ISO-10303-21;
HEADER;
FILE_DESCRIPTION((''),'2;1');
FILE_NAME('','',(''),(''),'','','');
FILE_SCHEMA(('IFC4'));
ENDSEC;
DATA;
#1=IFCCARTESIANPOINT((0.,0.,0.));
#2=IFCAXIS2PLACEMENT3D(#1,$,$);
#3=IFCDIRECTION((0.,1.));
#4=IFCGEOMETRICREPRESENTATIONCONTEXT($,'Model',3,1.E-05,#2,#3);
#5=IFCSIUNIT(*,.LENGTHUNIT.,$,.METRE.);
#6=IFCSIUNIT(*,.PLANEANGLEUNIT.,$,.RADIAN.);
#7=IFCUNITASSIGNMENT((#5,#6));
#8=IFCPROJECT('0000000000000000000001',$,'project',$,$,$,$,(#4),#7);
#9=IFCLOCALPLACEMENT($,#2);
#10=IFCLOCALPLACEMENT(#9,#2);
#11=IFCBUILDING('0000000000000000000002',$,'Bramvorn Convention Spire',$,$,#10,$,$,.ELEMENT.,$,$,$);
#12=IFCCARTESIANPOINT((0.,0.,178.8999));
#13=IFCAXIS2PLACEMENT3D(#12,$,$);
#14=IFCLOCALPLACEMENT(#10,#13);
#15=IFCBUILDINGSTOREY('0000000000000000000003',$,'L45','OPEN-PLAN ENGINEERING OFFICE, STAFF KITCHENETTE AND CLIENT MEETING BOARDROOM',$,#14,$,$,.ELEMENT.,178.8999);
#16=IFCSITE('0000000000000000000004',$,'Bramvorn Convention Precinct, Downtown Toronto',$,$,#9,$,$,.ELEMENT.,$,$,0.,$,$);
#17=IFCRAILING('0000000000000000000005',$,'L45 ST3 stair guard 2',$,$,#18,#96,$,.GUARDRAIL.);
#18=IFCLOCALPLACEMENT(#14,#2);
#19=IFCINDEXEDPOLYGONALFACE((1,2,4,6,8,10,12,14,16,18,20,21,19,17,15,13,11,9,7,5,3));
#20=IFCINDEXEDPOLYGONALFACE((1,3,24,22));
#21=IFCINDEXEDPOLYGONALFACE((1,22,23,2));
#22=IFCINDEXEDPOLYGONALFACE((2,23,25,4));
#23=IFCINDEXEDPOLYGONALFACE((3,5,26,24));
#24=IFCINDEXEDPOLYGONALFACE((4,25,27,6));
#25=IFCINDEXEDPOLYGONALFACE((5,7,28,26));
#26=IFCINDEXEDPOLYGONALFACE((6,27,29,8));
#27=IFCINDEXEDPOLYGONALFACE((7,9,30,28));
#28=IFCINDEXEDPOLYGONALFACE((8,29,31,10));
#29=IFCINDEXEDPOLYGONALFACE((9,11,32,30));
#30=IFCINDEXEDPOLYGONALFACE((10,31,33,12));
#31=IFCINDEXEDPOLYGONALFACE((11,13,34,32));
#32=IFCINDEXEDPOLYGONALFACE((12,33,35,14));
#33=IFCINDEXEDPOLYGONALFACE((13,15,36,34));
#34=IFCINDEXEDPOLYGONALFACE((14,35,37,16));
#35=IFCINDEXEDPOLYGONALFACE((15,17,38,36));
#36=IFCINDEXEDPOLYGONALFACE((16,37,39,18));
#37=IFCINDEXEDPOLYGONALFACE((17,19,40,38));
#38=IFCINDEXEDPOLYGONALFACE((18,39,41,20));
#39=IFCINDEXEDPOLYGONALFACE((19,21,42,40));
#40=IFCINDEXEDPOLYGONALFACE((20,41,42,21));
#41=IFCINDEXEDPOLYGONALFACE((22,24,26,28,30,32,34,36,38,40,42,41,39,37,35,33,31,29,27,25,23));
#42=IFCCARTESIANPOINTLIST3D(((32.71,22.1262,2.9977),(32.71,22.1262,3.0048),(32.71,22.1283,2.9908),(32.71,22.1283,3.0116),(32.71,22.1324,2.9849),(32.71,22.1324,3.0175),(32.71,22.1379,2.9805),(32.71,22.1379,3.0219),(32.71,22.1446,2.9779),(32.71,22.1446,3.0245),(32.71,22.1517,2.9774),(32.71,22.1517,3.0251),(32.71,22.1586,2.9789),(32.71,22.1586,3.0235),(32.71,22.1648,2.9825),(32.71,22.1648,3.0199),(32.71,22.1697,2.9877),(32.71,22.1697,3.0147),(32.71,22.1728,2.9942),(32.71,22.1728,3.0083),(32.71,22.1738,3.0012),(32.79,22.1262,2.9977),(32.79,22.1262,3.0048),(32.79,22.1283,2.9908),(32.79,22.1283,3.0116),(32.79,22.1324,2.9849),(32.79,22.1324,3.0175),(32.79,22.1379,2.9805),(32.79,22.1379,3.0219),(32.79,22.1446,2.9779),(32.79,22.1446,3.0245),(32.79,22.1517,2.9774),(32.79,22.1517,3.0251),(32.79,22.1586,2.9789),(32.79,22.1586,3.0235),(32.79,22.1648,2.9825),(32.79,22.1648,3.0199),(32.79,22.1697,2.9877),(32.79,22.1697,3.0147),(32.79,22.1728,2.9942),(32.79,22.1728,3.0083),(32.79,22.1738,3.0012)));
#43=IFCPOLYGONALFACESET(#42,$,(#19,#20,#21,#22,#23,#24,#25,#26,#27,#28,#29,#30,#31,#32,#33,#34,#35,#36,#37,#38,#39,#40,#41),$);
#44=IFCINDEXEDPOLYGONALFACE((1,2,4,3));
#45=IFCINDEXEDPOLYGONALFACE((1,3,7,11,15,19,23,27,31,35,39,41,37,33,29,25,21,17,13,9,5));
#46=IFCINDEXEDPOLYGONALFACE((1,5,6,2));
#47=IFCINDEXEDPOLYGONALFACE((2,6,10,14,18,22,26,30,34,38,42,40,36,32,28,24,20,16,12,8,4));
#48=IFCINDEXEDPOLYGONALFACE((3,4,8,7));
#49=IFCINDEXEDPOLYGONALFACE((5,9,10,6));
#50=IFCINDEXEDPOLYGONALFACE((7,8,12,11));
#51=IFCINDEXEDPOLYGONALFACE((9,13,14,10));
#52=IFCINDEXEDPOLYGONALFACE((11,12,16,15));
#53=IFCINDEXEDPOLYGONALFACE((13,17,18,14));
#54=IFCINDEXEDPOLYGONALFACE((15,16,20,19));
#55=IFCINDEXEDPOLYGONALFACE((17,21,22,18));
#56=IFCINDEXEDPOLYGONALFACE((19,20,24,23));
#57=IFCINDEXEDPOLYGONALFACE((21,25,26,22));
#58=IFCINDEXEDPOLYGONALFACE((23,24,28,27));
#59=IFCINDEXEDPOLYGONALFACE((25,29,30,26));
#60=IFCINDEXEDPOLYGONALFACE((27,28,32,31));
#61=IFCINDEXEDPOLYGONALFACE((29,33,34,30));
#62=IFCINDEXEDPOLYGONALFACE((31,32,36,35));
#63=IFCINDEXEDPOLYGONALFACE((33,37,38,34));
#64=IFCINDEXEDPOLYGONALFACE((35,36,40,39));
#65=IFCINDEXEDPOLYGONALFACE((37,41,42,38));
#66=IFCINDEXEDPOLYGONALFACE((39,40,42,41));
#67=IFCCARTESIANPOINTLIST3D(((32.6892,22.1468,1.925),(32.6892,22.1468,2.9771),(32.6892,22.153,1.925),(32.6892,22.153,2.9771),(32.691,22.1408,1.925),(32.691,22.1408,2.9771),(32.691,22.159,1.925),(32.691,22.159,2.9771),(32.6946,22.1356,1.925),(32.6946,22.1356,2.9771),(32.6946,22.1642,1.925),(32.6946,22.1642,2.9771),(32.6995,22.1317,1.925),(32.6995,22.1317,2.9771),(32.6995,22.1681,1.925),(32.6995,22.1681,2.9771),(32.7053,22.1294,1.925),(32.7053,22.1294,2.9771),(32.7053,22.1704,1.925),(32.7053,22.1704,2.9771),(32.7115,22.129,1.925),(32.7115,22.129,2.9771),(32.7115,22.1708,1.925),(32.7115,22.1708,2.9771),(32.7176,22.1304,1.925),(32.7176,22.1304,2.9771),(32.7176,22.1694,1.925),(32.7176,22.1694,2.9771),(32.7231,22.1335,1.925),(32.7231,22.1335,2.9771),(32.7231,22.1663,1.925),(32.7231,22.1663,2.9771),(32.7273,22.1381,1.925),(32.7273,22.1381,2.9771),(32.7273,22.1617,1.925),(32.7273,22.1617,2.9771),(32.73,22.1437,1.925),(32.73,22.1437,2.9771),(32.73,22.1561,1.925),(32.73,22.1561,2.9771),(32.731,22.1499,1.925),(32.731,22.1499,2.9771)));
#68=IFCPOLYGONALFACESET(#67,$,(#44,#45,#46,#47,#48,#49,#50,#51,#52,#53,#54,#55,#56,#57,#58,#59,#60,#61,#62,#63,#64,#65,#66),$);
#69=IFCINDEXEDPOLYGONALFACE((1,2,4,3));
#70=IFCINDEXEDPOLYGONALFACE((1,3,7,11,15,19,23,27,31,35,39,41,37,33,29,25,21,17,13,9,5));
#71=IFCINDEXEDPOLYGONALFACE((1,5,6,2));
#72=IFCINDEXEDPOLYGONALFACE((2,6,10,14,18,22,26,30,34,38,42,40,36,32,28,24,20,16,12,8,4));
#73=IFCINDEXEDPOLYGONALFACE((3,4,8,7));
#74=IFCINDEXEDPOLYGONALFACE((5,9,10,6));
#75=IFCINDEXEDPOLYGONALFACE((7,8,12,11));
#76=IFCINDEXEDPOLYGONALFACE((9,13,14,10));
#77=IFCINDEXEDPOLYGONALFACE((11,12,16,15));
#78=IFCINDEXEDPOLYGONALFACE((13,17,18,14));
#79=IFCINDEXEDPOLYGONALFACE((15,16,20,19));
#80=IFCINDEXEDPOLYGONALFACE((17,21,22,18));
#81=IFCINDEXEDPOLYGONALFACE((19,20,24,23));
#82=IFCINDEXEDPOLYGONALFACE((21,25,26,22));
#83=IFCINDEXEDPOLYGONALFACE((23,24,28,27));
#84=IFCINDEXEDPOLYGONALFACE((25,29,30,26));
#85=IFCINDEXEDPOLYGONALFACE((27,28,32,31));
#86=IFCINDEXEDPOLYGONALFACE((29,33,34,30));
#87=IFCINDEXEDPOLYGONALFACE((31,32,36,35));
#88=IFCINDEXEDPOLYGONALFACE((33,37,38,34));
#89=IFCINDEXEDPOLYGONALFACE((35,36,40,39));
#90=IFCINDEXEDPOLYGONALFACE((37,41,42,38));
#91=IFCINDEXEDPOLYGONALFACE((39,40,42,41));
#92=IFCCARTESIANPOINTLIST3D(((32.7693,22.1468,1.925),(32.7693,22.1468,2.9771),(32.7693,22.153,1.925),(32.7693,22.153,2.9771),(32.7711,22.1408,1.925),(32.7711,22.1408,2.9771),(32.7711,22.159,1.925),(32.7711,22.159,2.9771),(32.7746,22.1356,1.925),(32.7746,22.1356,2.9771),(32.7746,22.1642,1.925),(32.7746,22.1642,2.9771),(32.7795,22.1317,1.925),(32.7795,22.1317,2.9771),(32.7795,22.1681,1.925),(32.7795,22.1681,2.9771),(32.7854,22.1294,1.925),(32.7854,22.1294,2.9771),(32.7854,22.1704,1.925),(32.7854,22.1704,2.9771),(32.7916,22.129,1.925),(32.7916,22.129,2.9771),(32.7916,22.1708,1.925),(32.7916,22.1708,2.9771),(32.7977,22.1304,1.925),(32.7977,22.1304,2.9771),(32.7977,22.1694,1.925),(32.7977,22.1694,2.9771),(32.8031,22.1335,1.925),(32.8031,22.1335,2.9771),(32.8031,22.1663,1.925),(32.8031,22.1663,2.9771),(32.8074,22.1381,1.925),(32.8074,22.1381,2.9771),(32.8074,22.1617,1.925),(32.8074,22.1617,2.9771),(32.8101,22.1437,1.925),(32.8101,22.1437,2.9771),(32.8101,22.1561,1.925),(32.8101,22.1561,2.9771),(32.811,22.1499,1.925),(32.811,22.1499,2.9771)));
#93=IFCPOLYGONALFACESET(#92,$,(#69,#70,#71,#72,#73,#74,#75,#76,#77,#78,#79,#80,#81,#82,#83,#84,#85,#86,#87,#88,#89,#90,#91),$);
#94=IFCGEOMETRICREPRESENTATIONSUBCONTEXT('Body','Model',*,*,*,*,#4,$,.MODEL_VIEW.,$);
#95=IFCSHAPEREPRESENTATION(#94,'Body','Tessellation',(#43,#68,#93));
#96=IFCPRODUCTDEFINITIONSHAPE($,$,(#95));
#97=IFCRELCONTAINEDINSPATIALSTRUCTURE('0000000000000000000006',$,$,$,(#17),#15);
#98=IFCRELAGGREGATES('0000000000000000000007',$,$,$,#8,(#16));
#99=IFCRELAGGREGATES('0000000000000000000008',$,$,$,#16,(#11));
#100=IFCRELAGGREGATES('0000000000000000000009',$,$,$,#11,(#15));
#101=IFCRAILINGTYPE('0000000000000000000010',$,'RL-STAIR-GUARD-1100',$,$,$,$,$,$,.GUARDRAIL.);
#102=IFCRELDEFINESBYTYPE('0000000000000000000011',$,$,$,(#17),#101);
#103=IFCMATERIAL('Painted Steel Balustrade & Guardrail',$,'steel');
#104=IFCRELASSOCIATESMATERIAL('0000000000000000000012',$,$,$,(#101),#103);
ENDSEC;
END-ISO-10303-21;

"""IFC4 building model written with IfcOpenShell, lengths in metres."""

from ifc_helpers import new_model, si_unit, direction, frame, origin, origin_2d, place, context, subcontext, project, spatial, circle, extrude, material, type_object, element, save


model = new_model("IFC4")

# Units and contexts
model_context = context("Model", 3, precision=1e-05, world=origin(), true_north=direction((0.0, 1.0)))
body_context = subcontext(model_context, "Body", "Model", "MODEL_VIEW")
ifc_project = project(units=[si_unit("LENGTHUNIT", "METRE"), si_unit("PLANEANGLEUNIT", "RADIAN")], contexts=[model_context])

# Site, building, storey
site_placement = place(None, origin())
site = spatial("IfcSite", under=ifc_project, at=site_placement, Name="Bramvorn Convention Precinct, Downtown Toronto", CompositionType="ELEMENT", RefElevation=0.0)
building_placement = place(site_placement, origin())
building = spatial("IfcBuilding", under=site, at=building_placement, Name="Bramvorn Convention Spire", CompositionType="ELEMENT")
storey_placement = place(building_placement, frame((0.0, 0.0, 178.8999)))
storey = spatial("IfcBuildingStorey", under=building, at=storey_placement, Name="L45", Description="OPEN-PLAN ENGINEERING OFFICE, STAFF KITCHENETTE AND CLIENT MEETING BOARDROOM", CompositionType="ELEMENT", Elevation=178.8999)

# Railing
ifc_material_1 = material(Name="Painted Steel Balustrade & Guardrail", Category="steel")
railing_type_1 = type_object("IfcRailingType", Name="RL-STAIR-GUARD-1100", PredefinedType="GUARDRAIL", material=ifc_material_1)
railing_1_placement = place(storey_placement, frame((32.71, 22.1499, 1.925)))
element("IfcRailing", 1, at=railing_1_placement, inside=storey, type_object=railing_type_1, Name="L45 ST3 stair guard 2", PredefinedType="GUARDRAIL", context=body_context, shape_type="SweptSolid", body=[
    extrude(circle(Radius=0.0239, at=origin_2d()), frame((0.0, 0.0, 1.0762), z_axis=(1.0, 0.0, 0.0), x_axis=(0.0, 1.0, 0.0)), (0.0, 0.0, 1.0), 0.0801),
    extrude(circle(Radius=0.021, at=origin_2d()), origin(), (0.0, 0.0, 1.0), 1.052),
    extrude(circle(Radius=0.021, at=origin_2d()), frame((0.0801, 0.0, 0.0)), (0.0, 0.0, 1.0), 1.052),
])

save(model, "model.ifc")
